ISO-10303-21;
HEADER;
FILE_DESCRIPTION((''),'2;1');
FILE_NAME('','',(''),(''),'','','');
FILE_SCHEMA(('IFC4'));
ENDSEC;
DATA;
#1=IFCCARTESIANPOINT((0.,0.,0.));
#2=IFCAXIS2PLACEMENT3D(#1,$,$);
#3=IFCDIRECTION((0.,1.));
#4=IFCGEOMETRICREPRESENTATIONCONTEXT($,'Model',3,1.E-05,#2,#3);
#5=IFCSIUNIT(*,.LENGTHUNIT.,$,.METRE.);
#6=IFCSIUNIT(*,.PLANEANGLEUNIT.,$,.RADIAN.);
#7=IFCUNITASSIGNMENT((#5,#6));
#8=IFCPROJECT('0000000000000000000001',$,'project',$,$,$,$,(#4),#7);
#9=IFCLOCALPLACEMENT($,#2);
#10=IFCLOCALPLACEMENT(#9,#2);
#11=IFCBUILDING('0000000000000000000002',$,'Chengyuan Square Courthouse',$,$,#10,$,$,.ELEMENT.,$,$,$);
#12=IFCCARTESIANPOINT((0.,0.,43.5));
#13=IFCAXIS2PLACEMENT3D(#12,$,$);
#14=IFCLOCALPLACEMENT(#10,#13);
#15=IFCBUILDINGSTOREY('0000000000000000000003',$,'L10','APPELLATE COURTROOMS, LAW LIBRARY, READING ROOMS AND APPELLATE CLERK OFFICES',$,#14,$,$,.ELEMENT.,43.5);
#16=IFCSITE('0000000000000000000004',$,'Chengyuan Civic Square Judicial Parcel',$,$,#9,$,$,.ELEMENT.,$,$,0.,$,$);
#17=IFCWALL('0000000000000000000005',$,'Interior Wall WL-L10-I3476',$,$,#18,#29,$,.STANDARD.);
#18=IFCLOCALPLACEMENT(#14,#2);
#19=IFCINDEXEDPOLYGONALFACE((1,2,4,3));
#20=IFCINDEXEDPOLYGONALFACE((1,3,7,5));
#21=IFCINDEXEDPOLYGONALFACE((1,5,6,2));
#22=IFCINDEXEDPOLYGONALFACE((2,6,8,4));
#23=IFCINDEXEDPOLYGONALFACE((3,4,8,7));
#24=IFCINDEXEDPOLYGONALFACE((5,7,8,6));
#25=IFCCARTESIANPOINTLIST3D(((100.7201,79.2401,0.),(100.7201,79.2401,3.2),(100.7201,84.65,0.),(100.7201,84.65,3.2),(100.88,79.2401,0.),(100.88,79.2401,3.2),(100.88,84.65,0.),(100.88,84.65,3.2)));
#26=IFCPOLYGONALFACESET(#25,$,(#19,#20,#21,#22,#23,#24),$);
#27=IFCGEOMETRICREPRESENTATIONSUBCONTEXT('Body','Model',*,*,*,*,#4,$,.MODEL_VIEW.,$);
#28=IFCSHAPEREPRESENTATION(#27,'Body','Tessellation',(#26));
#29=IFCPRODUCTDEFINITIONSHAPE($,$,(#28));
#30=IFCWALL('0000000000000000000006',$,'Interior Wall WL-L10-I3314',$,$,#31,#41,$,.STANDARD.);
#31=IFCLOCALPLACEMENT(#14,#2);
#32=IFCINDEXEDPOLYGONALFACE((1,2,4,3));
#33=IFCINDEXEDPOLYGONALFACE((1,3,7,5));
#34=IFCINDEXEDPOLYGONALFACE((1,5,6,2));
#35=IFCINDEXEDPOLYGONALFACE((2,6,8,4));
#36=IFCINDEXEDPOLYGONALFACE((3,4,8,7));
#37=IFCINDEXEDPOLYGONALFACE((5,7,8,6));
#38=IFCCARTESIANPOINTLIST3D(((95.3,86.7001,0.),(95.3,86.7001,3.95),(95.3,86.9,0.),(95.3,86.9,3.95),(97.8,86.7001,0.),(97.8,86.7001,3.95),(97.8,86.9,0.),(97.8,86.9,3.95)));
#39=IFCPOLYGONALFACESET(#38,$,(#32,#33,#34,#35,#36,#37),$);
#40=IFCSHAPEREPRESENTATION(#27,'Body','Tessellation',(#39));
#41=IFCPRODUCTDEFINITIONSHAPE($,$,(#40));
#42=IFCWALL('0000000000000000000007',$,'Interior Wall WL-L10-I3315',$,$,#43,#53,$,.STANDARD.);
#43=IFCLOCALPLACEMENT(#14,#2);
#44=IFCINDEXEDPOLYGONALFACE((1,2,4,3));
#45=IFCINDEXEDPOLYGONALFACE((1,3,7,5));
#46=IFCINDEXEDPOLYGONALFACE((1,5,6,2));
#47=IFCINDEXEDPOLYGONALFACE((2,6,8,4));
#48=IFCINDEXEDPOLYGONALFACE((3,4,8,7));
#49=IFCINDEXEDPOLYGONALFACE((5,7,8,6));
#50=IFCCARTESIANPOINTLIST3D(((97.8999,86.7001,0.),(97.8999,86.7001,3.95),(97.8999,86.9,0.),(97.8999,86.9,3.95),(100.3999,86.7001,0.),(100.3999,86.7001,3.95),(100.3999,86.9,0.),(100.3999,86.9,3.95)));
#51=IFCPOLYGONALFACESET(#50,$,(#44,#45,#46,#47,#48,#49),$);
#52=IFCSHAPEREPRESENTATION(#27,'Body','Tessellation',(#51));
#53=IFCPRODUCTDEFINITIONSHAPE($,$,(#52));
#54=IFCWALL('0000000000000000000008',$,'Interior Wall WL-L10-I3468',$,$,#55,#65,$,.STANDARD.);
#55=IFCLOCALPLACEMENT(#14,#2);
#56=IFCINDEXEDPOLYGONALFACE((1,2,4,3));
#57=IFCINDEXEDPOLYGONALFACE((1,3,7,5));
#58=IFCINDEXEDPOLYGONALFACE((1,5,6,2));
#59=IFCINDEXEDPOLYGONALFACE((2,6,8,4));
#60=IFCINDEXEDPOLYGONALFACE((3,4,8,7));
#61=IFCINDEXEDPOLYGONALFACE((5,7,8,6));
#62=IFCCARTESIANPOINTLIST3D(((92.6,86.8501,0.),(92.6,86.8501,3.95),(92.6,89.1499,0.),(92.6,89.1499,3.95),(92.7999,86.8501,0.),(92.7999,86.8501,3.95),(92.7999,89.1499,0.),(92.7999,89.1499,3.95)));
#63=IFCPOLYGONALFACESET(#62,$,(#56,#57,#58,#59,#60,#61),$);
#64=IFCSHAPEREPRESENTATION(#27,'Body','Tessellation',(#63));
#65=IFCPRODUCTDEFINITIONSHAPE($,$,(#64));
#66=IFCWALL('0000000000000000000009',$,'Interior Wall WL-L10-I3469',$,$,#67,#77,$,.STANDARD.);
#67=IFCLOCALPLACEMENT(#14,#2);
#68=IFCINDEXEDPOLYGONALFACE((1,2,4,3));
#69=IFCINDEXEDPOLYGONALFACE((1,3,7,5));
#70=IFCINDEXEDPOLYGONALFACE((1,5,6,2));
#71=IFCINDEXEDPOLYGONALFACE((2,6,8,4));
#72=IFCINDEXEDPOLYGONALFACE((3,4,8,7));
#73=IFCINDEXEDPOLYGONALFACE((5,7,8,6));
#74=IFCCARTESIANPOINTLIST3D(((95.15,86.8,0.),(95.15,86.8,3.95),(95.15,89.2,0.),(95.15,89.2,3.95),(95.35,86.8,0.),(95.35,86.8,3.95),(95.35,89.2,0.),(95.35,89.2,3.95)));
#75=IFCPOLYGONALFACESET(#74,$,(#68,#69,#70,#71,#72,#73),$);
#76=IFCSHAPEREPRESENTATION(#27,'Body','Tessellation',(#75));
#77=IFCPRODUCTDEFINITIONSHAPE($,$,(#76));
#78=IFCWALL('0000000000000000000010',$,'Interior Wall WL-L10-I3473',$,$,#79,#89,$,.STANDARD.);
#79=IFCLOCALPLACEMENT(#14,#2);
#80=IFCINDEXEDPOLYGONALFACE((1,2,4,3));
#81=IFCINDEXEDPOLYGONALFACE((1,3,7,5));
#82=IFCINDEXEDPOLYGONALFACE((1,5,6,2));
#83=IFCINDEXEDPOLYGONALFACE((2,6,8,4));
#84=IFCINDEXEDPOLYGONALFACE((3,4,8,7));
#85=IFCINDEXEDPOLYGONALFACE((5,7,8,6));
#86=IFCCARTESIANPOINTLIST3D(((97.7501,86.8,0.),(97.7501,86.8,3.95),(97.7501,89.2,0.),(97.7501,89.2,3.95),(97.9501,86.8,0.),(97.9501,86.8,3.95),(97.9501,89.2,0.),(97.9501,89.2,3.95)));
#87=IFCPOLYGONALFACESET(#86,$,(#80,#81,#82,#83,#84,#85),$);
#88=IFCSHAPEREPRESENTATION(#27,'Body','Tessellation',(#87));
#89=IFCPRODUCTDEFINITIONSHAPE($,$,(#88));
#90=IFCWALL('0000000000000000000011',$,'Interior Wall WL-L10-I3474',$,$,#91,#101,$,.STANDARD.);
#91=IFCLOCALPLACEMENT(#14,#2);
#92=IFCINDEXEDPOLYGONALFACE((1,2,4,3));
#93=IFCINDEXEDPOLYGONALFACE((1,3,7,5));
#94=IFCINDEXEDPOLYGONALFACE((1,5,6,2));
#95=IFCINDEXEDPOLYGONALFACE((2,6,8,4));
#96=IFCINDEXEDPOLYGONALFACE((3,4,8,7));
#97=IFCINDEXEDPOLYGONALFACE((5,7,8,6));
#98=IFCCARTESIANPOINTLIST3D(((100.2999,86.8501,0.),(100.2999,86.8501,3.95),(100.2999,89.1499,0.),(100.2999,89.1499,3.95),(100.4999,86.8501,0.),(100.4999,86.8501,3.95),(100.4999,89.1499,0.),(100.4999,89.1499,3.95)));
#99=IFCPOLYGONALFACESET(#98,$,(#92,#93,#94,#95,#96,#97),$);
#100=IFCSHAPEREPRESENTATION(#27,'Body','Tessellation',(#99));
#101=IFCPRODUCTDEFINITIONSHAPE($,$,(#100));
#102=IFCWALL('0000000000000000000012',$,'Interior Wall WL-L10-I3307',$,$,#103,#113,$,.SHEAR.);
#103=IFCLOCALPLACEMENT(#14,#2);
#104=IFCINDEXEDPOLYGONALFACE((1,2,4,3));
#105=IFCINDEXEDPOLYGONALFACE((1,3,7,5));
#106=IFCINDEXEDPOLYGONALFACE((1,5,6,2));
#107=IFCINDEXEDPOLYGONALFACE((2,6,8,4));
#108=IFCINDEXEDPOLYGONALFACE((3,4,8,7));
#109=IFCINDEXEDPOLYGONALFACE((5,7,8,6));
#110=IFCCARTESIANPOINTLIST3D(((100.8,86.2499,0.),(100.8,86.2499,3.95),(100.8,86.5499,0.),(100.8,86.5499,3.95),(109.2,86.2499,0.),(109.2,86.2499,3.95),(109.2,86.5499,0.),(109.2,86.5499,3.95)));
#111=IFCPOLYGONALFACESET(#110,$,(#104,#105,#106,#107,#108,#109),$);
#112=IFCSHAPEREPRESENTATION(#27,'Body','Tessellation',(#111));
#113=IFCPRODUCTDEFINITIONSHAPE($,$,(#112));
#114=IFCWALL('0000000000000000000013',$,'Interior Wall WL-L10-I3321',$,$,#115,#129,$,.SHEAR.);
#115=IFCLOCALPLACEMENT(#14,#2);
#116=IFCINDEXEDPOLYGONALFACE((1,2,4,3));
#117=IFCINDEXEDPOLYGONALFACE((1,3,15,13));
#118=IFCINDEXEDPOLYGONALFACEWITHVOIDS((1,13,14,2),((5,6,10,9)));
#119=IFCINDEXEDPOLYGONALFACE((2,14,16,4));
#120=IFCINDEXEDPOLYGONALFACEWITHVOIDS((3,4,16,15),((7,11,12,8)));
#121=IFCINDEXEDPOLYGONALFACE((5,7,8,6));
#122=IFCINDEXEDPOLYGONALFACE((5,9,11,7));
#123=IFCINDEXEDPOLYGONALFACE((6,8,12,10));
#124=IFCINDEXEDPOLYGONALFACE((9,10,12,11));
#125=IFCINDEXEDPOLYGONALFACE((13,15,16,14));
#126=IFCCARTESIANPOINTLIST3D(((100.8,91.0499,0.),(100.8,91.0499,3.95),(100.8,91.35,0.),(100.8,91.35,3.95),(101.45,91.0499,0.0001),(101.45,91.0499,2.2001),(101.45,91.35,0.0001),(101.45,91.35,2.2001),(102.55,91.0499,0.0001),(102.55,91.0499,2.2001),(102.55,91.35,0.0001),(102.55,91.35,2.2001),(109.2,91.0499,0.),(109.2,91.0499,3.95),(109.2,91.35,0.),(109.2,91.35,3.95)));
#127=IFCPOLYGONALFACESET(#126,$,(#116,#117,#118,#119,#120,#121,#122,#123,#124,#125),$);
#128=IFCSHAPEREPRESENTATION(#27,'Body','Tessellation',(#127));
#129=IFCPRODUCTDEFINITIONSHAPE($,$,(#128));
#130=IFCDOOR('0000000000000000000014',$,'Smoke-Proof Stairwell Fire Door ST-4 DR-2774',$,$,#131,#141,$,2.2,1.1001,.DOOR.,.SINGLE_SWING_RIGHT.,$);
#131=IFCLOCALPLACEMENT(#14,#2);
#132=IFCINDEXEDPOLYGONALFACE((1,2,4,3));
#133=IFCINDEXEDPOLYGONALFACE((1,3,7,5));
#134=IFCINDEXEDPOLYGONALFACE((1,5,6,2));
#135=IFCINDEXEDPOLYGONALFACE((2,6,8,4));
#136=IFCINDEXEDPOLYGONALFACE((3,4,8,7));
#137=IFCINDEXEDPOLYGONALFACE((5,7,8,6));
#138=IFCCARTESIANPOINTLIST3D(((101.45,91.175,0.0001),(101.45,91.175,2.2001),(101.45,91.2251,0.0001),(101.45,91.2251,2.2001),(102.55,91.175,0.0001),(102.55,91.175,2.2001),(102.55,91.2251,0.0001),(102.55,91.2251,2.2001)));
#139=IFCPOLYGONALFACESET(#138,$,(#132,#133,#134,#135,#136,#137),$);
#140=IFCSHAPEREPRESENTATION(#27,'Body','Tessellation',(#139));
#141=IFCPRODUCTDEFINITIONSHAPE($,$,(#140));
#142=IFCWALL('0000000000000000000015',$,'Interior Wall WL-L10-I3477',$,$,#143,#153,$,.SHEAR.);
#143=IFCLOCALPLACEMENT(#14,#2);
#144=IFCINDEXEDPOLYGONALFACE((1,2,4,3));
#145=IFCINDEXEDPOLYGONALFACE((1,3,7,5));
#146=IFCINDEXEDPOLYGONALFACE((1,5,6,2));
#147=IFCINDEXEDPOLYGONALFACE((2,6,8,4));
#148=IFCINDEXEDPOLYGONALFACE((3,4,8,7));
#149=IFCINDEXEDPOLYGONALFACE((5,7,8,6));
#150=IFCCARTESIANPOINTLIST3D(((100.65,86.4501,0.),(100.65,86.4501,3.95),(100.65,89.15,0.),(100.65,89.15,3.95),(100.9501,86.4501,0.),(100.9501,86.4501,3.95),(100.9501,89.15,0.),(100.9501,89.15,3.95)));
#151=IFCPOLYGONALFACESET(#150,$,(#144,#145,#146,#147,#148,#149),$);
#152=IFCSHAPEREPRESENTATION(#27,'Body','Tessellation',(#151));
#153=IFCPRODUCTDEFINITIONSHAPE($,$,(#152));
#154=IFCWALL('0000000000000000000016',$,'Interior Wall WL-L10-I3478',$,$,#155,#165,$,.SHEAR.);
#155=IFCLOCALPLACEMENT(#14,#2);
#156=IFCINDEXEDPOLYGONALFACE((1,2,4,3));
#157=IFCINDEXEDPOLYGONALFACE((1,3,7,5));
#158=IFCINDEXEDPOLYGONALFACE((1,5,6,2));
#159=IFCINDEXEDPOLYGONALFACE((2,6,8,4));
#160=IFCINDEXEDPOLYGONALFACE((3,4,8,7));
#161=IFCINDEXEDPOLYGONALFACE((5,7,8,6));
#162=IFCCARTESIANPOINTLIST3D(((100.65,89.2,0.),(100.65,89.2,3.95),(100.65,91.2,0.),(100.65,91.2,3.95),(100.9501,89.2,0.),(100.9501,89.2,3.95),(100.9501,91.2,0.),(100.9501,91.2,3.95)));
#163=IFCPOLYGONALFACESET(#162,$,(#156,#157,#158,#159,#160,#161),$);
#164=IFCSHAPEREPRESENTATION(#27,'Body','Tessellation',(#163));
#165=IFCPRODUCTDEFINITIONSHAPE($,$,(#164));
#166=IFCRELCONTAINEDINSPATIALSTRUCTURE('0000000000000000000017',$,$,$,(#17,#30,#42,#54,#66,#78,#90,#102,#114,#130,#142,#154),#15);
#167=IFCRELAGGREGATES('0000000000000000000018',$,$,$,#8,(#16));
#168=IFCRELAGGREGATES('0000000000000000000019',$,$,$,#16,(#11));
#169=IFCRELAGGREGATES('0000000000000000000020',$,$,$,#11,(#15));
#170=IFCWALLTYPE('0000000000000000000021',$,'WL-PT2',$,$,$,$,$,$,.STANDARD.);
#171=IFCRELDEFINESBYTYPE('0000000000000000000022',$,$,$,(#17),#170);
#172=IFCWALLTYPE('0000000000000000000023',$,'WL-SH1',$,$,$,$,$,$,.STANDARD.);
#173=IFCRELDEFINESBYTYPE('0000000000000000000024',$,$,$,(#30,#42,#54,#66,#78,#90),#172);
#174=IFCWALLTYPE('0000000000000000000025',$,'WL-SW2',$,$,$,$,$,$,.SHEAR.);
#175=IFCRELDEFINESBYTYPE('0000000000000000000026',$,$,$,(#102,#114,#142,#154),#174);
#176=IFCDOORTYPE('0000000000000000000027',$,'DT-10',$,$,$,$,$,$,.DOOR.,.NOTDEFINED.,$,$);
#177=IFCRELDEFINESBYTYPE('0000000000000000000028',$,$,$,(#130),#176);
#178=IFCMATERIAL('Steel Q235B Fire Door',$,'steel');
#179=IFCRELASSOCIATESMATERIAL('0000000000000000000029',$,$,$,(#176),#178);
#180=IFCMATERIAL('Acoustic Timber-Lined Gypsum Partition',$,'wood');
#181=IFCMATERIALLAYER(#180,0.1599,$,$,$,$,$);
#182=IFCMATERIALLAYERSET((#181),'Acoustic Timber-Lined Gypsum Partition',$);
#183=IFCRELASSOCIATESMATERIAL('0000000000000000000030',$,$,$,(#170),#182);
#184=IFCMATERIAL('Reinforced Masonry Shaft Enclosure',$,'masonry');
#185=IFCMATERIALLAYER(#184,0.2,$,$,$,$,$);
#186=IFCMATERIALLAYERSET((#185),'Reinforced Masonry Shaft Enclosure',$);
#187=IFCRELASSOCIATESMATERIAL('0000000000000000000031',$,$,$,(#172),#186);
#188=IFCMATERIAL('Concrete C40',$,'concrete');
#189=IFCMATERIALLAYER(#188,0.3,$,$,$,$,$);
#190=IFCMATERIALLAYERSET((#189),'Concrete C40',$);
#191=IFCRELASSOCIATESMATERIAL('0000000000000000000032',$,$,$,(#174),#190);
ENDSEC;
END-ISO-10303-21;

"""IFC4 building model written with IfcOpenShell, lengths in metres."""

from ifc_helpers import new_model, si_unit, direction, frame, frame_2d, origin, place, context, subcontext, project, spatial, rectangle, extrude, material, layer, layer_set, type_object, element, fill, save


model = new_model("IFC4")

# Units and contexts
model_context = context("Model", 3, precision=1e-05, world=origin(), true_north=direction((0.0, 1.0)))
body_context = subcontext(model_context, "Body", "Model", "MODEL_VIEW")
ifc_project = project(units=[si_unit("LENGTHUNIT", "METRE"), si_unit("PLANEANGLEUNIT", "RADIAN")], contexts=[model_context])

# Site, building, storey
site_placement = place(None, origin())
site = spatial("IfcSite", under=ifc_project, at=site_placement, Name="Chengyuan Civic Square Judicial Parcel", CompositionType="ELEMENT", RefElevation=0.0)
building_placement = place(site_placement, origin())
building = spatial("IfcBuilding", under=site, at=building_placement, Name="Chengyuan Square Courthouse", CompositionType="ELEMENT")
storey_placement = place(building_placement, frame((0.0, 0.0, 43.5)))
storey = spatial("IfcBuildingStorey", under=building, at=storey_placement, Name="L10", Description="APPELLATE COURTROOMS, LAW LIBRARY, READING ROOMS AND APPELLATE CLERK OFFICES", CompositionType="ELEMENT", Elevation=43.5)

# Shared definitions
ifc_material_1 = material(Name="Concrete C40", Category="concrete")

# Shared definitions
ifc_material_2 = material(Name="Steel Q235B Fire Door", Category="steel")
door_type_1 = type_object("IfcDoorType", Name="DT-10", OperationType="NOTDEFINED", PredefinedType="DOOR", material=ifc_material_2)
ifc_material_3 = material(Name="Acoustic Timber-Lined Gypsum Partition", Category="wood")
ifc_layer_1 = layer(ifc_material_3, 0.1599)
ifc_layer_set_1 = layer_set([ifc_layer_1], Name="Acoustic Timber-Lined Gypsum Partition")
wall_type_1 = type_object("IfcWallType", Name="WL-PT2", PredefinedType="STANDARD", material=ifc_layer_set_1)

# Walls
wall_1_placement = place(storey_placement, frame((100.8, 79.24, 0.0), z_axis=(0.0, 0.0, 1.0), x_axis=(0.0, 1.0, 0.0)))
element("IfcWall", 1, at=wall_1_placement, inside=storey, type_object=wall_type_1, Name="Interior Wall WL-L10-I3476", PredefinedType="STANDARD", context=body_context, shape_type="SweptSolid", body=[
    extrude(rectangle(XDim=5.4099, YDim=0.1599, at=frame_2d((2.7051, 0.0))), origin(), (0.0, 0.0, 1.0), 3.2),
])
ifc_material_4 = material(Name="Reinforced Masonry Shaft Enclosure", Category="masonry")
ifc_layer_2 = layer(ifc_material_4, 0.2)
ifc_layer_set_2 = layer_set([ifc_layer_2], Name="Reinforced Masonry Shaft Enclosure")
wall_type_2 = type_object("IfcWallType", Name="WL-SH1", PredefinedType="STANDARD", material=ifc_layer_set_2)
for number, where, z_axis, x_axis, name in (
    (2, (95.3, 86.8, 0.0), (0.0, 0.0, 1.0), (1.0, 0.0, 0.0), "Interior Wall WL-L10-I3314"),
    (3, (97.8999, 86.8, 0.0), (0.0, 0.0, 1.0), (1.0, 0.0, 0.0), "Interior Wall WL-L10-I3315"),
):
    element("IfcWall", number, at=place(storey_placement, frame(where, z_axis=z_axis, x_axis=x_axis)), inside=storey, type_object=wall_type_2, Name=name, PredefinedType="STANDARD", context=body_context, shape_type="SweptSolid", body=[
        extrude(rectangle(XDim=2.5, YDim=0.2, at=frame_2d((1.25, 0.0))), origin(), (0.0, 0.0, 1.0), 3.95),
    ])

# Walls
wall_2_placement = place(storey_placement, frame((92.7, 86.8501, 0.0), z_axis=(0.0, 0.0, 1.0), x_axis=(0.0, 1.0, 0.0)))
element("IfcWall", 4, at=wall_2_placement, inside=storey, type_object=wall_type_2, Name="Interior Wall WL-L10-I3468", PredefinedType="STANDARD", context=body_context, shape_type="SweptSolid", body=[
    extrude(rectangle(XDim=2.2998, YDim=0.2, at=frame_2d((1.1499, 0.0))), origin(), (0.0, 0.0, 1.0), 3.95),
])
for number, where, z_axis, x_axis, name in (
    (5, (95.25, 86.8, 0.0), (0.0, 0.0, 1.0), (0.0, 1.0, 0.0), "Interior Wall WL-L10-I3469"),
    (6, (97.8501, 86.8, 0.0), (0.0, 0.0, 1.0), (0.0, 1.0, 0.0), "Interior Wall WL-L10-I3473"),
):
    element("IfcWall", number, at=place(storey_placement, frame(where, z_axis=z_axis, x_axis=x_axis)), inside=storey, type_object=wall_type_2, Name=name, PredefinedType="STANDARD", context=body_context, shape_type="SweptSolid", body=[
        extrude(rectangle(XDim=2.3999, YDim=0.2, at=frame_2d((1.2, 0.0))), origin(), (0.0, 0.0, 1.0), 3.95),
    ])
wall_3_placement = place(storey_placement, frame((100.3999, 86.8501, 0.0), z_axis=(0.0, 0.0, 1.0), x_axis=(0.0, 1.0, 0.0)))
element("IfcWall", 7, at=wall_3_placement, inside=storey, type_object=wall_type_2, Name="Interior Wall WL-L10-I3474", PredefinedType="STANDARD", context=body_context, shape_type="SweptSolid", body=[
    extrude(rectangle(XDim=2.2998, YDim=0.2, at=frame_2d((1.1499, 0.0))), origin(), (0.0, 0.0, 1.0), 3.95),
])
ifc_layer_3 = layer(ifc_material_1, 0.3)
ifc_layer_set_3 = layer_set([ifc_layer_3], Name="Concrete C40")
wall_type_3 = type_object("IfcWallType", Name="WL-SW2", PredefinedType="SHEAR", material=ifc_layer_set_3)
wall_4_placement = place(storey_placement, frame((100.8, 86.3999, 0.0), z_axis=(0.0, 0.0, 1.0), x_axis=(1.0, 0.0, 0.0)))
element("IfcWall", 8, at=wall_4_placement, inside=storey, type_object=wall_type_3, Name="Interior Wall WL-L10-I3307", PredefinedType="SHEAR", context=body_context, shape_type="SweptSolid", body=[
    extrude(rectangle(XDim=8.3999, YDim=0.3, at=frame_2d((4.2, 0.0))), origin(), (0.0, 0.0, 1.0), 3.95),
])

# Wall, opening, door
wall_5_placement = place(storey_placement, frame((100.8, 91.2, 0.0), z_axis=(0.0, 0.0, 1.0), x_axis=(1.0, 0.0, 0.0)))
wall_5 = element("IfcWall", 9, at=wall_5_placement, inside=storey, type_object=wall_type_3, Name="Interior Wall WL-L10-I3321", PredefinedType="SHEAR", context=body_context, shape_type="SweptSolid", body=[
    extrude(rectangle(XDim=8.3999, YDim=0.3, at=frame_2d((4.2, 0.0))), origin(), (0.0, 0.0, 1.0), 3.95),
])
opening_1_placement = place(wall_5_placement, frame((0.6499, 0.0, 0.0)))
opening_1 = element("IfcOpeningElement", 10, at=opening_1_placement, cuts=wall_5, PredefinedType="OPENING", context=body_context, shape_type="SweptSolid", body=[
    extrude(rectangle(XDim=1.1001, YDim=2.2, at=frame_2d((0.55, 1.1001))), frame((0.0, 0.1621, 0.0), z_axis=(0.0, -1.0, 0.0), x_axis=(1.0, 0.0, 0.0)), (0.0, 0.0, 1.0), 0.324),
])
door_1_placement = place(opening_1_placement, frame((1.1001, 0.0, 0.0), z_axis=(0.0, 0.0, 1.0), x_axis=(-1.0, 0.0, 0.0)))
door_1 = element("IfcDoor", 11, at=door_1_placement, inside=storey, type_object=door_type_1, Name="Smoke-Proof Stairwell Fire Door ST-4 DR-2774", OperationType="SINGLE_SWING_RIGHT", OverallHeight=2.2, OverallWidth=1.1001, PredefinedType="DOOR", context=body_context, shape_type="SweptSolid", body=[
    extrude(rectangle(XDim=1.1001, YDim=2.2, at=frame_2d((0.55, 1.1001))), frame((0.0, 0.0249, 0.0), z_axis=(0.0, -1.0, 0.0), x_axis=(1.0, 0.0, 0.0)), (0.0, 0.0, 1.0), 0.05),
])
fill(opening_1, door_1)

# Walls
wall_6_placement = place(storey_placement, frame((100.8, 86.45, 0.0), z_axis=(0.0, 0.0, 1.0), x_axis=(0.0, 1.0, 0.0)))
element("IfcWall", 12, at=wall_6_placement, inside=storey, type_object=wall_type_3, Name="Interior Wall WL-L10-I3477", PredefinedType="SHEAR", context=body_context, shape_type="SweptSolid", body=[
    extrude(rectangle(XDim=2.7, YDim=0.3, at=frame_2d((1.3501, 0.0))), origin(), (0.0, 0.0, 1.0), 3.95),
])
wall_7_placement = place(storey_placement, frame((100.8, 89.2, 0.0), z_axis=(0.0, 0.0, 1.0), x_axis=(0.0, 1.0, 0.0)))
element("IfcWall", 13, at=wall_7_placement, inside=storey, type_object=wall_type_3, Name="Interior Wall WL-L10-I3478", PredefinedType="SHEAR", context=body_context, shape_type="SweptSolid", body=[
    extrude(rectangle(XDim=2.0, YDim=0.3, at=frame_2d((1.0, 0.0))), origin(), (0.0, 0.0, 1.0), 3.95),
])

save(model, "model.ifc")
